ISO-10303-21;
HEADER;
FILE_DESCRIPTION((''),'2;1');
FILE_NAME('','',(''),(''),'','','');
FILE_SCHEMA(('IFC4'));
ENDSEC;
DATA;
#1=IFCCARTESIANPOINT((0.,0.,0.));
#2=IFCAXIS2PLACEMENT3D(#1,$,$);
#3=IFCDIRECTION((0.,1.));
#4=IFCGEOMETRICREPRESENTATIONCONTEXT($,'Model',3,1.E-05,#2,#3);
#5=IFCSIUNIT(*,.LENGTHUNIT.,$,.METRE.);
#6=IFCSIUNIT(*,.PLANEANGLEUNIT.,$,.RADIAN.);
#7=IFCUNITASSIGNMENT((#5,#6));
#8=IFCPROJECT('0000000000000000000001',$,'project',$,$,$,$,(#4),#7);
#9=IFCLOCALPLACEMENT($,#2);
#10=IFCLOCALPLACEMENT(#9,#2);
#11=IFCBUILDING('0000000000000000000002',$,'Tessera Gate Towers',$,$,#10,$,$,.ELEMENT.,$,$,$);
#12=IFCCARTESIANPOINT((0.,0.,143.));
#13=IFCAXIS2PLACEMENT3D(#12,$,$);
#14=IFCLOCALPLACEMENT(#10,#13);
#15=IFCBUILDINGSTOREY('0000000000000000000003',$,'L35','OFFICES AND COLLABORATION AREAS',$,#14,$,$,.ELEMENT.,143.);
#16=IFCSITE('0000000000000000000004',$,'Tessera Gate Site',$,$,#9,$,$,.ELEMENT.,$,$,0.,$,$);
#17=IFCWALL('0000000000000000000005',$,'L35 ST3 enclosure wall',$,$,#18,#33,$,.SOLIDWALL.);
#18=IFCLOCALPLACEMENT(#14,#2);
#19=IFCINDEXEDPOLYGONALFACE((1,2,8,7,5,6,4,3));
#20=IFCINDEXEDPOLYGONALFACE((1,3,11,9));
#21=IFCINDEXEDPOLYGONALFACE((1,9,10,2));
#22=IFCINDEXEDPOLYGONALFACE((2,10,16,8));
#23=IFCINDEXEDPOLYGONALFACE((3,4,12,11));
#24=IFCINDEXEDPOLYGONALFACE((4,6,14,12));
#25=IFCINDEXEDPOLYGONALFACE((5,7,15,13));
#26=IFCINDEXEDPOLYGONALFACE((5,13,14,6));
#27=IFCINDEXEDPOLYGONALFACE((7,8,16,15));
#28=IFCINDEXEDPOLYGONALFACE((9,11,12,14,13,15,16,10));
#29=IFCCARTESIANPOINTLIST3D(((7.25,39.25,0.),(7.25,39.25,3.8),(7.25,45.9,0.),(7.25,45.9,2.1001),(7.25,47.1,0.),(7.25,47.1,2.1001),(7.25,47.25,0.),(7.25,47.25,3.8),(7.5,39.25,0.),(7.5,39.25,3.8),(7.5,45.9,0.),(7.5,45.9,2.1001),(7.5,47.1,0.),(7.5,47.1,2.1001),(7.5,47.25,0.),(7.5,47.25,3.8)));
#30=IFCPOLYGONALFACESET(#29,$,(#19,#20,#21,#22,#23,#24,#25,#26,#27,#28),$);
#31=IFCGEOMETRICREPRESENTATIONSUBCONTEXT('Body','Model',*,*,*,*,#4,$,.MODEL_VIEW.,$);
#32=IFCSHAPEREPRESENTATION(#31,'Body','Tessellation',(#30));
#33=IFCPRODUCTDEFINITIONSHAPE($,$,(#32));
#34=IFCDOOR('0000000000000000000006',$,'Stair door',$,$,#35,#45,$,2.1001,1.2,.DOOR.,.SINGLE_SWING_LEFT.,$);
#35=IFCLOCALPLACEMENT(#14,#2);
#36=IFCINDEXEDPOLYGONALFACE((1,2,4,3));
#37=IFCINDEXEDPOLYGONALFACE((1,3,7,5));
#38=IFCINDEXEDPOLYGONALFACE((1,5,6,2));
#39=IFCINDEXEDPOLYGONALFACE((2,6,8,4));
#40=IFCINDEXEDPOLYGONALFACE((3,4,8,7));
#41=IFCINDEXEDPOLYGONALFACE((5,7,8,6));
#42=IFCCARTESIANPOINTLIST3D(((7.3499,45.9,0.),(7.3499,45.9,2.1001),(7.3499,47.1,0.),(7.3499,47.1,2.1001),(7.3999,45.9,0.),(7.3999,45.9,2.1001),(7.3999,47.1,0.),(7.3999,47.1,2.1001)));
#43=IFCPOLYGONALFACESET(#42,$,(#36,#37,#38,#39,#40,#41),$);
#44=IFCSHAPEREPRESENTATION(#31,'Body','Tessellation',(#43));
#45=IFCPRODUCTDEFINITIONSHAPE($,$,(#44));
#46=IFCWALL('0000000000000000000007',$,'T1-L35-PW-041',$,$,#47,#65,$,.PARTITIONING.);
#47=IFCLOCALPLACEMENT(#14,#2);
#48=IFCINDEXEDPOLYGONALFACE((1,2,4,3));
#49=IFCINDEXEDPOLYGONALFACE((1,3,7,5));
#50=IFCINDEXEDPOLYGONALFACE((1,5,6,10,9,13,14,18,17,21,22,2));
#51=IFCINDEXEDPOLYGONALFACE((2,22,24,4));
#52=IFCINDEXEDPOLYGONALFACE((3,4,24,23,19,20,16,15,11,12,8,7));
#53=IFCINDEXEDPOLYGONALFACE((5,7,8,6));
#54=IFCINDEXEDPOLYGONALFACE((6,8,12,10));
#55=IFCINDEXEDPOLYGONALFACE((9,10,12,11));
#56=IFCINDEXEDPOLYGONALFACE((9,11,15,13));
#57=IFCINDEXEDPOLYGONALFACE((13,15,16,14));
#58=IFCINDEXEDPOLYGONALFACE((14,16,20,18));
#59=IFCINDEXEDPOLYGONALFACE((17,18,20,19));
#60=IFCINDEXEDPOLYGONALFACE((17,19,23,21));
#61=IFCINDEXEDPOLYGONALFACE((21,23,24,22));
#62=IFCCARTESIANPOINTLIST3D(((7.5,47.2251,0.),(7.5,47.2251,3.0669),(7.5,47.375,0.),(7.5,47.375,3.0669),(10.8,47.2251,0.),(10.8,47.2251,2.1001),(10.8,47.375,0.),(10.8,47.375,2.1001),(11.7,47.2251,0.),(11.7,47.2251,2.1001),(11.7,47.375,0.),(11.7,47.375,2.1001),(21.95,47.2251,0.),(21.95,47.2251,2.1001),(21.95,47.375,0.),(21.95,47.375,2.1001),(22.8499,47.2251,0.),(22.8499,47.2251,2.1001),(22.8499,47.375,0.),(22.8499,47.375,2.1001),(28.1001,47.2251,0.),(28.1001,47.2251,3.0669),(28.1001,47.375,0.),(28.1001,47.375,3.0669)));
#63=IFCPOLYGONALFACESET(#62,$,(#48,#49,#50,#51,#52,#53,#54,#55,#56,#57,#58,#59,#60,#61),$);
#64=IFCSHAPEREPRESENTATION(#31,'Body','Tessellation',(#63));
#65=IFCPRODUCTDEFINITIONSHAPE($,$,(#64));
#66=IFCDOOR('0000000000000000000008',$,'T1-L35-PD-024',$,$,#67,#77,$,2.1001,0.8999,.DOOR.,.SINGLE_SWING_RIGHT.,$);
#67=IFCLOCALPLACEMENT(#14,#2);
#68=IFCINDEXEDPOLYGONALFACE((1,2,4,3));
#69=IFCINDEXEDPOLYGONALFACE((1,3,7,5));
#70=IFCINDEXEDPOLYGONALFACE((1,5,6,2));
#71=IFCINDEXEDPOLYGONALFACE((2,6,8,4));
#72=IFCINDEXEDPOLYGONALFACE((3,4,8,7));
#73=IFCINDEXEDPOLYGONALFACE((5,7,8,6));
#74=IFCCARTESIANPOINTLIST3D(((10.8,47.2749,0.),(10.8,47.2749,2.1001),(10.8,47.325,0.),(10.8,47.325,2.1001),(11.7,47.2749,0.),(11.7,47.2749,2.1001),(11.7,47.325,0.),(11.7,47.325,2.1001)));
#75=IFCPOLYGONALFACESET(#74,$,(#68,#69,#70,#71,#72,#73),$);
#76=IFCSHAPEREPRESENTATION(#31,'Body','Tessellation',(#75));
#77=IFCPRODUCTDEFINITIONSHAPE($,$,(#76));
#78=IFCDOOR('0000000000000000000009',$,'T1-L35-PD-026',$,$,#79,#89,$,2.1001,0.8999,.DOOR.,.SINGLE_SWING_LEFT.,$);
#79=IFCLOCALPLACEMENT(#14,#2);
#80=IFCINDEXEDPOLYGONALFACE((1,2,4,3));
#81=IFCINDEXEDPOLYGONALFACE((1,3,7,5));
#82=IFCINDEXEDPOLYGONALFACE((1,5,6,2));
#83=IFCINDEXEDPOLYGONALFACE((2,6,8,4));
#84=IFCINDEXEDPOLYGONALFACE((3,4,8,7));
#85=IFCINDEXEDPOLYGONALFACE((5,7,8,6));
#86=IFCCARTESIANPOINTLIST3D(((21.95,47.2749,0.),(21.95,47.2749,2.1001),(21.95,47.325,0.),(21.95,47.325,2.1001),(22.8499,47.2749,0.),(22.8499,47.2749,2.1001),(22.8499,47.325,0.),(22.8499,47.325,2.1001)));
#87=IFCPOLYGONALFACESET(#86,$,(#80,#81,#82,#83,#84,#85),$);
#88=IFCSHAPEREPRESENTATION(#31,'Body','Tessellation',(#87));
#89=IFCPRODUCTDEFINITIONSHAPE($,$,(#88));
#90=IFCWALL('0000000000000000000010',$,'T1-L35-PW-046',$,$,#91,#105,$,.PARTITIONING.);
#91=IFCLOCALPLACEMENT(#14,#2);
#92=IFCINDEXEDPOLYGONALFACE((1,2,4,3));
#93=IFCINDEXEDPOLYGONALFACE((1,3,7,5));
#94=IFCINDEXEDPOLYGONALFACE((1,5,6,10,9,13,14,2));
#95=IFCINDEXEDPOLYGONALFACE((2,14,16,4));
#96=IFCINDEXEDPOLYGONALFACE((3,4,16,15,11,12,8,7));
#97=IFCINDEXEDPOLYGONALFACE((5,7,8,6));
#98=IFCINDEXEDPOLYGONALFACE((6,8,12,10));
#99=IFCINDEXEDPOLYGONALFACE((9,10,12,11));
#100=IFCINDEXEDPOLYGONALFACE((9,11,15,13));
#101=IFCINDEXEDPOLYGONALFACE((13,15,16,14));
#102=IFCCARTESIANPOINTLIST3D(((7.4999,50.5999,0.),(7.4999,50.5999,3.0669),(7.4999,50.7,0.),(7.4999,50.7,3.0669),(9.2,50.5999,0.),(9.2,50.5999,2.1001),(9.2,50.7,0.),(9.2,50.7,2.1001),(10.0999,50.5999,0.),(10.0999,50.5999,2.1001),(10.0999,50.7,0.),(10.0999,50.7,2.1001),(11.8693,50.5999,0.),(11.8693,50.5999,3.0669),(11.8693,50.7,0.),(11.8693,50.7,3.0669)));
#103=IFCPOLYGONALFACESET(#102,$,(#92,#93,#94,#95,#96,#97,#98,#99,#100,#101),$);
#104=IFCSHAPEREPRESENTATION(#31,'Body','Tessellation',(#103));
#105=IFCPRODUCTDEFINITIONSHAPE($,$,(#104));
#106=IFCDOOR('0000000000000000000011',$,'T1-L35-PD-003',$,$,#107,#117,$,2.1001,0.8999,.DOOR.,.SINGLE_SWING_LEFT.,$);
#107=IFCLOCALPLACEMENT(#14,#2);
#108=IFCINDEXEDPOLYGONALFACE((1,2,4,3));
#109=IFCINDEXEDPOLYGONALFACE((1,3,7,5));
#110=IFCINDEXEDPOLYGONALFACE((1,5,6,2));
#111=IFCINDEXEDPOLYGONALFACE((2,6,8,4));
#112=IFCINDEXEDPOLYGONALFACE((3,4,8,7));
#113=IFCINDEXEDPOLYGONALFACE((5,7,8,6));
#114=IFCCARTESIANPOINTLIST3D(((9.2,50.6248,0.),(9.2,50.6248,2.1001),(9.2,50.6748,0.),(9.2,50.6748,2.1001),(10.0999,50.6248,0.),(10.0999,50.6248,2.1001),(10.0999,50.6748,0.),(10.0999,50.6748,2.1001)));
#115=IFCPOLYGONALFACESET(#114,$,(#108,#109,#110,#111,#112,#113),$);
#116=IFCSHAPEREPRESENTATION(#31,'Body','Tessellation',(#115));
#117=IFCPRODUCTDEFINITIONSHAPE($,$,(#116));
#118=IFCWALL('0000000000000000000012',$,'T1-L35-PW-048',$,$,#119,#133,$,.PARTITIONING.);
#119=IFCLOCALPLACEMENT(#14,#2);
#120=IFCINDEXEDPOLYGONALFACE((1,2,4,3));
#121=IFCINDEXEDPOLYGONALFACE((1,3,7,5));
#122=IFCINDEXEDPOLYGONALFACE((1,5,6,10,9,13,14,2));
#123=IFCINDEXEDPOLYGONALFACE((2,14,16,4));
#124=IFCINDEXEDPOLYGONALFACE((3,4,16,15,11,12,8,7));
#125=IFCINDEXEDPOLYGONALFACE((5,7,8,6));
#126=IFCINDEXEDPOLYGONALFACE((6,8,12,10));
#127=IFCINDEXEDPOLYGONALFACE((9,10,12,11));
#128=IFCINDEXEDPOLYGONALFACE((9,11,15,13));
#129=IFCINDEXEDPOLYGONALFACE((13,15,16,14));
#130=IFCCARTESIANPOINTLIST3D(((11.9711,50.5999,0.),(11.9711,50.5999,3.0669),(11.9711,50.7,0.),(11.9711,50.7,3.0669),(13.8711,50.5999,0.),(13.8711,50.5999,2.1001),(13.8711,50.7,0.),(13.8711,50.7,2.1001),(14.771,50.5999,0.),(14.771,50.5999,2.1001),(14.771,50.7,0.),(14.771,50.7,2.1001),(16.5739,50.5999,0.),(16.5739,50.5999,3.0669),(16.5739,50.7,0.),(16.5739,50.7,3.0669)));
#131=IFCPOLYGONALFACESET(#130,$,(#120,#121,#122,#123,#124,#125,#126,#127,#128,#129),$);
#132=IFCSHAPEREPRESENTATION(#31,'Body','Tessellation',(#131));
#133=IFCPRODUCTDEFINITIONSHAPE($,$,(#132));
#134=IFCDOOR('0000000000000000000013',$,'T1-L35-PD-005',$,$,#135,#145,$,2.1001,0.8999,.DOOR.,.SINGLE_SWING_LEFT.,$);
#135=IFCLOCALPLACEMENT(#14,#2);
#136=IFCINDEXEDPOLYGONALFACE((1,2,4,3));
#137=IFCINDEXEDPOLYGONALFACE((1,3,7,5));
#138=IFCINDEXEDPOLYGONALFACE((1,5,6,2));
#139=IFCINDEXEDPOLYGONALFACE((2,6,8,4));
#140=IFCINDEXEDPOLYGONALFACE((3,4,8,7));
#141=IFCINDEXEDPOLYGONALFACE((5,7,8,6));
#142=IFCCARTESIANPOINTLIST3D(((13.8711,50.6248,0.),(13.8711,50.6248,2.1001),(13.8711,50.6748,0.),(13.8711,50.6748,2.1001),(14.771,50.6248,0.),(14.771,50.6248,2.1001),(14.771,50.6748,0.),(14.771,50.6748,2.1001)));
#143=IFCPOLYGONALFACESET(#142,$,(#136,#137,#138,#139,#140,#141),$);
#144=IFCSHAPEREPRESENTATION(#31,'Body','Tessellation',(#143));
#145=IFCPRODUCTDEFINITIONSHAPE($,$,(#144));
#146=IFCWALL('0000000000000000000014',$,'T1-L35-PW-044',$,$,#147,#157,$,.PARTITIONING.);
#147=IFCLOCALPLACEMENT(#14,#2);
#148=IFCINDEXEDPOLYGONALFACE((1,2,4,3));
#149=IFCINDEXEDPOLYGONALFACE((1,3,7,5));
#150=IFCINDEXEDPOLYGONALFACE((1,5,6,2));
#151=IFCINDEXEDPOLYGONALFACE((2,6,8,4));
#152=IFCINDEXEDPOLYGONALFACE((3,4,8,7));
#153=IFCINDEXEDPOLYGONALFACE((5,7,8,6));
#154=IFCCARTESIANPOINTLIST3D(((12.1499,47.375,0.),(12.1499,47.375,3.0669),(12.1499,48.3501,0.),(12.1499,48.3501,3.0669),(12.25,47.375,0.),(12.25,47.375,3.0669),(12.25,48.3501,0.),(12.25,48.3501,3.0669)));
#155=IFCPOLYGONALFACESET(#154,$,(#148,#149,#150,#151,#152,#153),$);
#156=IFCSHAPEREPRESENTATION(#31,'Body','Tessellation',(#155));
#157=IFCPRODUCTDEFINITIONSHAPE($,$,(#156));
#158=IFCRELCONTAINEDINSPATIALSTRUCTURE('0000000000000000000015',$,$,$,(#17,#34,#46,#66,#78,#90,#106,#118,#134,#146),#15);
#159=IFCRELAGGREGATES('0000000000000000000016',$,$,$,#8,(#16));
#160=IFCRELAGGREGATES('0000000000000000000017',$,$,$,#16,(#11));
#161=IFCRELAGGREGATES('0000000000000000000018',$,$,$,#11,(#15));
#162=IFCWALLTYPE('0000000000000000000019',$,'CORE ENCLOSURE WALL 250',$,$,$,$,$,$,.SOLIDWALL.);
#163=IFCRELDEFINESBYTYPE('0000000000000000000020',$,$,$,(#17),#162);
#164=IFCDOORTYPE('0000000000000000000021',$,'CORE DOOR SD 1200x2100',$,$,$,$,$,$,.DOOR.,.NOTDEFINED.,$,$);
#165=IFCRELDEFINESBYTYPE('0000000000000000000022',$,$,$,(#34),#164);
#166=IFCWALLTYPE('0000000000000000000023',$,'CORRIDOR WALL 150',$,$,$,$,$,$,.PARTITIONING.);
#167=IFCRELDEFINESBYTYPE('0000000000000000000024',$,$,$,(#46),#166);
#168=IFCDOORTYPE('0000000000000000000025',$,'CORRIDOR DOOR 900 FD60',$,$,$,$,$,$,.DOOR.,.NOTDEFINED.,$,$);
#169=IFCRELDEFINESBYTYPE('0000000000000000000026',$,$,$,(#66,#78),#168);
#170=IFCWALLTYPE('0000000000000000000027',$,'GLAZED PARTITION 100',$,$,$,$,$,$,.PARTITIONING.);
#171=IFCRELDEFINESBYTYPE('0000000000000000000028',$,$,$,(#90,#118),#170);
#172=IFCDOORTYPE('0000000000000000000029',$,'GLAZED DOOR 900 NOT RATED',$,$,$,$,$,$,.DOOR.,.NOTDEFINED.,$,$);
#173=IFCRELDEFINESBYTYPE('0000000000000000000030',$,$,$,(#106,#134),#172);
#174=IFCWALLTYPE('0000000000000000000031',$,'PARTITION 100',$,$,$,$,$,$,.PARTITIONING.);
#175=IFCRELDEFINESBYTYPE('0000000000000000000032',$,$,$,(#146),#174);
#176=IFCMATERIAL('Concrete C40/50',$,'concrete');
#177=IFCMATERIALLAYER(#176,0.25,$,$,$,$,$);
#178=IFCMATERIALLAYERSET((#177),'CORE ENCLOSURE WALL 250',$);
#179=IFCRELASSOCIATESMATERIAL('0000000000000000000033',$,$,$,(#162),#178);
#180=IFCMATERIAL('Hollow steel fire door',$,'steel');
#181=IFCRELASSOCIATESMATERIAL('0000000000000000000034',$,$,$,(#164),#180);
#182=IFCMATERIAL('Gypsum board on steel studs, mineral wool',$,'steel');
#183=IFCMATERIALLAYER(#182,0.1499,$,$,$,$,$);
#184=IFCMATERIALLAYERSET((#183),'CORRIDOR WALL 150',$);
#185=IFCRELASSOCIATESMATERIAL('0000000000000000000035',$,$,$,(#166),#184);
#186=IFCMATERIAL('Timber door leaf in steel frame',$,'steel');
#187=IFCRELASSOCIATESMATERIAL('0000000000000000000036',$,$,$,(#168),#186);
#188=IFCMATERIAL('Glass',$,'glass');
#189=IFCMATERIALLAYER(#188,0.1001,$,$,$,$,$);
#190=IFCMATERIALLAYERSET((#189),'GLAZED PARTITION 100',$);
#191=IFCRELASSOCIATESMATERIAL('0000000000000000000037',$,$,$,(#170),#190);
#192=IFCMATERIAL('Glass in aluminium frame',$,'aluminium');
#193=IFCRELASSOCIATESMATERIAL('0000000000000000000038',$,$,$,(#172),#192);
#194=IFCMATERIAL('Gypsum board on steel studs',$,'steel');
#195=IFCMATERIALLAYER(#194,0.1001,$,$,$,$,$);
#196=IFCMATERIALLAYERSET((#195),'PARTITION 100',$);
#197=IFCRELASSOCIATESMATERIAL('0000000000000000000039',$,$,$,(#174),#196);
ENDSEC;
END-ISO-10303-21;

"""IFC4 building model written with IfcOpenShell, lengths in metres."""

from ifc_helpers import new_model, si_unit, direction, frame, frame_2d, origin, place, context, subcontext, project, spatial, rectangle, extrude, source, transform, mapped, material, layer, layer_set, type_object, element, fill, save


model = new_model("IFC4")

# Units and contexts
model_context = context("Model", 3, precision=1e-05, world=origin(), true_north=direction((0.0, 1.0)))
body_context = subcontext(model_context, "Body", "Model", "MODEL_VIEW")
ifc_project = project(units=[si_unit("LENGTHUNIT", "METRE"), si_unit("PLANEANGLEUNIT", "RADIAN")], contexts=[model_context])

# Site, building, storey
site_placement = place(None, origin())
site = spatial("IfcSite", under=ifc_project, at=site_placement, Name="Tessera Gate Site", CompositionType="ELEMENT", RefElevation=0.0)
building_placement = place(site_placement, origin())
building = spatial("IfcBuilding", under=site, at=building_placement, Name="Tessera Gate Towers", CompositionType="ELEMENT")
storey_placement = place(building_placement, frame((0.0, 0.0, 143.0)))
storey = spatial("IfcBuildingStorey", under=building, at=storey_placement, Name="L35", Description="OFFICES AND COLLABORATION AREAS", CompositionType="ELEMENT", Elevation=143.0)

# Shared definitions
ifc_material_1 = material(Name="Concrete C40/50", Category="concrete")
ifc_layer_1 = layer(ifc_material_1, 0.25)
ifc_layer_set_1 = layer_set([ifc_layer_1], Name="CORE ENCLOSURE WALL 250")
wall_type_1 = type_object("IfcWallType", Name="CORE ENCLOSURE WALL 250", PredefinedType="SOLIDWALL", material=ifc_layer_set_1)

# Wall, opening, door
wall_1_placement = place(storey_placement, frame((7.375, 47.25, 0.0), z_axis=(0.0, 0.0, 1.0), x_axis=(0.0, -1.0, 0.0)))
wall_1 = element("IfcWall", 1, at=wall_1_placement, inside=storey, type_object=wall_type_1, Name="L35 ST3 enclosure wall", PredefinedType="SOLIDWALL", context=body_context, shape_type="SweptSolid", body=[
    extrude(rectangle(XDim=8.0, YDim=0.25, at=frame_2d((4.0, 0.0))), origin(), (0.0, 0.0, 1.0), 3.8),
])
shared_shape_1 = source(origin(), body_context, "Body", "SweptSolid", [
    extrude(rectangle(XDim=1.2, YDim=2.1001, at=frame_2d((0.6001, 1.05))), frame((0.0, 0.135, 0.0), z_axis=(0.0, -1.0, 0.0), x_axis=(1.0, 0.0, 0.0)), (0.0, 0.0, 1.0), 0.27),
])
opening_1_placement = place(wall_1_placement, frame((0.1499, 0.0, 0.0)))
opening_1 = element("IfcOpeningElement", 2, at=opening_1_placement, cuts=wall_1, PredefinedType="OPENING", context=body_context, shape_type="MappedRepresentation", body=[
    mapped(shared_shape_1, transform((0.0, 0.0, 0.0), scale=1.0)),
])
ifc_material_2 = material(Name="Hollow steel fire door", Category="steel")
door_type_1 = type_object("IfcDoorType", Name="CORE DOOR SD 1200x2100", OperationType="NOTDEFINED", PredefinedType="DOOR", material=ifc_material_2)
shared_shape_2 = source(origin(), body_context, "Body", "SweptSolid", [
    extrude(rectangle(XDim=1.2, YDim=2.1001, at=frame_2d((0.6001, 1.05))), frame((0.0, 0.0249, 0.0), z_axis=(0.0, -1.0, 0.0), x_axis=(1.0, 0.0, 0.0)), (0.0, 0.0, 1.0), 0.05),
])
door_1_placement = place(opening_1_placement, origin())
door_1 = element("IfcDoor", 3, at=door_1_placement, inside=storey, type_object=door_type_1, Name="Stair door", OperationType="SINGLE_SWING_LEFT", OverallHeight=2.1001, OverallWidth=1.2, PredefinedType="DOOR", context=body_context, shape_type="MappedRepresentation", body=[
    mapped(shared_shape_2, transform((0.0, 0.0, 0.0), scale=1.0)),
])
fill(opening_1, door_1)

# Wall, openings, doors
ifc_material_3 = material(Name="Gypsum board on steel studs, mineral wool", Category="steel")
ifc_layer_2 = layer(ifc_material_3, 0.1499)
ifc_layer_set_2 = layer_set([ifc_layer_2], Name="CORRIDOR WALL 150")
wall_type_2 = type_object("IfcWallType", Name="CORRIDOR WALL 150", PredefinedType="PARTITIONING", material=ifc_layer_set_2)
wall_2_placement = place(storey_placement, frame((7.5, 47.3, 0.0), z_axis=(0.0, 0.0, 1.0), x_axis=(1.0, 0.0, 0.0)))
wall_2 = element("IfcWall", 4, at=wall_2_placement, inside=storey, type_object=wall_type_2, Name="T1-L35-PW-041", PredefinedType="PARTITIONING", context=body_context, shape_type="SweptSolid", body=[
    extrude(rectangle(XDim=20.6001, YDim=0.1499, at=frame_2d((10.3, 0.0))), origin(), (0.0, 0.0, 1.0), 3.0669),
])
shared_shape_3 = source(origin(), body_context, "Body", "SweptSolid", [
    extrude(rectangle(XDim=0.8999, YDim=2.1001, at=frame_2d((0.45, 1.05))), frame((0.0, 0.085, 0.0), z_axis=(0.0, -1.0, 0.0), x_axis=(1.0, 0.0, 0.0)), (0.0, 0.0, 1.0), 0.1699),
])
opening_2_placement = place(wall_2_placement, frame((3.3, 0.0, 0.0)))
opening_2 = element("IfcOpeningElement", 5, at=opening_2_placement, cuts=wall_2, PredefinedType="OPENING", context=body_context, shape_type="MappedRepresentation", body=[
    mapped(shared_shape_3, transform((0.0, 0.0, 0.0), scale=1.0)),
])
opening_3_placement = place(wall_2_placement, frame((14.45, 0.0, 0.0)))
opening_3 = element("IfcOpeningElement", 6, at=opening_3_placement, cuts=wall_2, PredefinedType="OPENING", context=body_context, shape_type="MappedRepresentation", body=[
    mapped(shared_shape_3, transform((0.0, 0.0, 0.0), scale=1.0)),
])
ifc_material_4 = material(Name="Timber door leaf in steel frame", Category="steel")
door_type_2 = type_object("IfcDoorType", Name="CORRIDOR DOOR 900 FD60", OperationType="NOTDEFINED", PredefinedType="DOOR", material=ifc_material_4)
shared_shape_4 = source(origin(), body_context, "Body", "SweptSolid", [
    extrude(rectangle(XDim=0.8999, YDim=2.1001, at=frame_2d((0.45, 1.05))), frame((0.0, 0.0249, 0.0), z_axis=(0.0, -1.0, 0.0), x_axis=(1.0, 0.0, 0.0)), (0.0, 0.0, 1.0), 0.05),
])
door_2_placement = place(opening_2_placement, origin())
door_2 = element("IfcDoor", 7, at=door_2_placement, inside=storey, type_object=door_type_2, Name="T1-L35-PD-024", OperationType="SINGLE_SWING_RIGHT", OverallHeight=2.1001, OverallWidth=0.8999, PredefinedType="DOOR", context=body_context, shape_type="MappedRepresentation", body=[
    mapped(shared_shape_4, transform((0.0, 0.0, 0.0), scale=1.0)),
])
fill(opening_2, door_2)
door_3_placement = place(opening_3_placement, origin())
door_3 = element("IfcDoor", 8, at=door_3_placement, inside=storey, type_object=door_type_2, Name="T1-L35-PD-026", OperationType="SINGLE_SWING_LEFT", OverallHeight=2.1001, OverallWidth=0.8999, PredefinedType="DOOR", context=body_context, shape_type="MappedRepresentation", body=[
    mapped(shared_shape_4, transform((0.0, 0.0, 0.0), scale=1.0)),
])
fill(opening_3, door_3)

# Walls, openings, doors
ifc_material_5 = material(Name="Glass", Category="glass")
ifc_layer_3 = layer(ifc_material_5, 0.1001)
ifc_layer_set_3 = layer_set([ifc_layer_3], Name="GLAZED PARTITION 100")
wall_type_3 = type_object("IfcWallType", Name="GLAZED PARTITION 100", PredefinedType="PARTITIONING", material=ifc_layer_set_3)
wall_3_placement = place(storey_placement, frame((7.5, 50.6499, 0.0), z_axis=(0.0, 0.0, 1.0), x_axis=(1.0, 0.0, 0.0)))
wall_3 = element("IfcWall", 9, at=wall_3_placement, inside=storey, type_object=wall_type_3, Name="T1-L35-PW-046", PredefinedType="PARTITIONING", context=body_context, shape_type="SweptSolid", body=[
    extrude(rectangle(XDim=4.3694, YDim=0.1001, at=frame_2d((2.1846, 0.0))), origin(), (0.0, 0.0, 1.0), 3.0669),
])
shared_shape_5 = source(origin(), body_context, "Body", "SweptSolid", [
    extrude(rectangle(XDim=0.8999, YDim=2.1001, at=frame_2d((0.45, 1.05))), frame((0.0, 0.0601, 0.0), z_axis=(0.0, -1.0, 0.0), x_axis=(1.0, 0.0, 0.0)), (0.0, 0.0, 1.0), 0.1201),
])
opening_4_placement = place(wall_3_placement, frame((1.7, 0.0, 0.0)))
opening_4 = element("IfcOpeningElement", 10, at=opening_4_placement, cuts=wall_3, PredefinedType="OPENING", context=body_context, shape_type="MappedRepresentation", body=[
    mapped(shared_shape_5, transform((0.0, 0.0, 0.0), scale=1.0)),
])
ifc_material_6 = material(Name="Glass in aluminium frame", Category="aluminium")
door_type_3 = type_object("IfcDoorType", Name="GLAZED DOOR 900 NOT RATED", OperationType="NOTDEFINED", PredefinedType="DOOR", material=ifc_material_6)
door_4_placement = place(opening_4_placement, origin())
door_4 = element("IfcDoor", 11, at=door_4_placement, inside=storey, type_object=door_type_3, Name="T1-L35-PD-003", OperationType="SINGLE_SWING_LEFT", OverallHeight=2.1001, OverallWidth=0.8999, PredefinedType="DOOR", context=body_context, shape_type="MappedRepresentation", body=[
    mapped(shared_shape_4, transform((0.0, 0.0, 0.0), scale=1.0)),
])
fill(opening_4, door_4)
wall_4_placement = place(storey_placement, frame((11.9712, 50.6499, 0.0), z_axis=(0.0, 0.0, 1.0), x_axis=(1.0, 0.0, 0.0)))
wall_4 = element("IfcWall", 12, at=wall_4_placement, inside=storey, type_object=wall_type_3, Name="T1-L35-PW-048", PredefinedType="PARTITIONING", context=body_context, shape_type="SweptSolid", body=[
    extrude(rectangle(XDim=4.6028, YDim=0.1001, at=frame_2d((2.3013, 0.0))), origin(), (0.0, 0.0, 1.0), 3.0669),
])
opening_5_placement = place(wall_4_placement, frame((1.8999, 0.0, 0.0)))
opening_5 = element("IfcOpeningElement", 13, at=opening_5_placement, cuts=wall_4, PredefinedType="OPENING", context=body_context, shape_type="MappedRepresentation", body=[
    mapped(shared_shape_5, transform((0.0, 0.0, 0.0), scale=1.0)),
])
door_5_placement = place(opening_5_placement, origin())
door_5 = element("IfcDoor", 14, at=door_5_placement, inside=storey, type_object=door_type_3, Name="T1-L35-PD-005", OperationType="SINGLE_SWING_LEFT", OverallHeight=2.1001, OverallWidth=0.8999, PredefinedType="DOOR", context=body_context, shape_type="MappedRepresentation", body=[
    mapped(shared_shape_4, transform((0.0, 0.0, 0.0), scale=1.0)),
])
fill(opening_5, door_5)

# Wall
ifc_material_7 = material(Name="Gypsum board on steel studs", Category="steel")
ifc_layer_4 = layer(ifc_material_7, 0.1001)
ifc_layer_set_4 = layer_set([ifc_layer_4], Name="PARTITION 100")
wall_type_4 = type_object("IfcWallType", Name="PARTITION 100", PredefinedType="PARTITIONING", material=ifc_layer_set_4)
wall_5_placement = place(storey_placement, frame((12.2, 48.3501, 0.0), z_axis=(0.0, 0.0, 1.0), x_axis=(0.0, -1.0, 0.0)))
element("IfcWall", 15, at=wall_5_placement, inside=storey, type_object=wall_type_4, Name="T1-L35-PW-044", PredefinedType="PARTITIONING", context=body_context, shape_type="SweptSolid", body=[
    extrude(rectangle(XDim=0.9751, YDim=0.1001, at=frame_2d((0.4875, 0.0))), origin(), (0.0, 0.0, 1.0), 3.0669),
])

save(model, "model.ifc")
